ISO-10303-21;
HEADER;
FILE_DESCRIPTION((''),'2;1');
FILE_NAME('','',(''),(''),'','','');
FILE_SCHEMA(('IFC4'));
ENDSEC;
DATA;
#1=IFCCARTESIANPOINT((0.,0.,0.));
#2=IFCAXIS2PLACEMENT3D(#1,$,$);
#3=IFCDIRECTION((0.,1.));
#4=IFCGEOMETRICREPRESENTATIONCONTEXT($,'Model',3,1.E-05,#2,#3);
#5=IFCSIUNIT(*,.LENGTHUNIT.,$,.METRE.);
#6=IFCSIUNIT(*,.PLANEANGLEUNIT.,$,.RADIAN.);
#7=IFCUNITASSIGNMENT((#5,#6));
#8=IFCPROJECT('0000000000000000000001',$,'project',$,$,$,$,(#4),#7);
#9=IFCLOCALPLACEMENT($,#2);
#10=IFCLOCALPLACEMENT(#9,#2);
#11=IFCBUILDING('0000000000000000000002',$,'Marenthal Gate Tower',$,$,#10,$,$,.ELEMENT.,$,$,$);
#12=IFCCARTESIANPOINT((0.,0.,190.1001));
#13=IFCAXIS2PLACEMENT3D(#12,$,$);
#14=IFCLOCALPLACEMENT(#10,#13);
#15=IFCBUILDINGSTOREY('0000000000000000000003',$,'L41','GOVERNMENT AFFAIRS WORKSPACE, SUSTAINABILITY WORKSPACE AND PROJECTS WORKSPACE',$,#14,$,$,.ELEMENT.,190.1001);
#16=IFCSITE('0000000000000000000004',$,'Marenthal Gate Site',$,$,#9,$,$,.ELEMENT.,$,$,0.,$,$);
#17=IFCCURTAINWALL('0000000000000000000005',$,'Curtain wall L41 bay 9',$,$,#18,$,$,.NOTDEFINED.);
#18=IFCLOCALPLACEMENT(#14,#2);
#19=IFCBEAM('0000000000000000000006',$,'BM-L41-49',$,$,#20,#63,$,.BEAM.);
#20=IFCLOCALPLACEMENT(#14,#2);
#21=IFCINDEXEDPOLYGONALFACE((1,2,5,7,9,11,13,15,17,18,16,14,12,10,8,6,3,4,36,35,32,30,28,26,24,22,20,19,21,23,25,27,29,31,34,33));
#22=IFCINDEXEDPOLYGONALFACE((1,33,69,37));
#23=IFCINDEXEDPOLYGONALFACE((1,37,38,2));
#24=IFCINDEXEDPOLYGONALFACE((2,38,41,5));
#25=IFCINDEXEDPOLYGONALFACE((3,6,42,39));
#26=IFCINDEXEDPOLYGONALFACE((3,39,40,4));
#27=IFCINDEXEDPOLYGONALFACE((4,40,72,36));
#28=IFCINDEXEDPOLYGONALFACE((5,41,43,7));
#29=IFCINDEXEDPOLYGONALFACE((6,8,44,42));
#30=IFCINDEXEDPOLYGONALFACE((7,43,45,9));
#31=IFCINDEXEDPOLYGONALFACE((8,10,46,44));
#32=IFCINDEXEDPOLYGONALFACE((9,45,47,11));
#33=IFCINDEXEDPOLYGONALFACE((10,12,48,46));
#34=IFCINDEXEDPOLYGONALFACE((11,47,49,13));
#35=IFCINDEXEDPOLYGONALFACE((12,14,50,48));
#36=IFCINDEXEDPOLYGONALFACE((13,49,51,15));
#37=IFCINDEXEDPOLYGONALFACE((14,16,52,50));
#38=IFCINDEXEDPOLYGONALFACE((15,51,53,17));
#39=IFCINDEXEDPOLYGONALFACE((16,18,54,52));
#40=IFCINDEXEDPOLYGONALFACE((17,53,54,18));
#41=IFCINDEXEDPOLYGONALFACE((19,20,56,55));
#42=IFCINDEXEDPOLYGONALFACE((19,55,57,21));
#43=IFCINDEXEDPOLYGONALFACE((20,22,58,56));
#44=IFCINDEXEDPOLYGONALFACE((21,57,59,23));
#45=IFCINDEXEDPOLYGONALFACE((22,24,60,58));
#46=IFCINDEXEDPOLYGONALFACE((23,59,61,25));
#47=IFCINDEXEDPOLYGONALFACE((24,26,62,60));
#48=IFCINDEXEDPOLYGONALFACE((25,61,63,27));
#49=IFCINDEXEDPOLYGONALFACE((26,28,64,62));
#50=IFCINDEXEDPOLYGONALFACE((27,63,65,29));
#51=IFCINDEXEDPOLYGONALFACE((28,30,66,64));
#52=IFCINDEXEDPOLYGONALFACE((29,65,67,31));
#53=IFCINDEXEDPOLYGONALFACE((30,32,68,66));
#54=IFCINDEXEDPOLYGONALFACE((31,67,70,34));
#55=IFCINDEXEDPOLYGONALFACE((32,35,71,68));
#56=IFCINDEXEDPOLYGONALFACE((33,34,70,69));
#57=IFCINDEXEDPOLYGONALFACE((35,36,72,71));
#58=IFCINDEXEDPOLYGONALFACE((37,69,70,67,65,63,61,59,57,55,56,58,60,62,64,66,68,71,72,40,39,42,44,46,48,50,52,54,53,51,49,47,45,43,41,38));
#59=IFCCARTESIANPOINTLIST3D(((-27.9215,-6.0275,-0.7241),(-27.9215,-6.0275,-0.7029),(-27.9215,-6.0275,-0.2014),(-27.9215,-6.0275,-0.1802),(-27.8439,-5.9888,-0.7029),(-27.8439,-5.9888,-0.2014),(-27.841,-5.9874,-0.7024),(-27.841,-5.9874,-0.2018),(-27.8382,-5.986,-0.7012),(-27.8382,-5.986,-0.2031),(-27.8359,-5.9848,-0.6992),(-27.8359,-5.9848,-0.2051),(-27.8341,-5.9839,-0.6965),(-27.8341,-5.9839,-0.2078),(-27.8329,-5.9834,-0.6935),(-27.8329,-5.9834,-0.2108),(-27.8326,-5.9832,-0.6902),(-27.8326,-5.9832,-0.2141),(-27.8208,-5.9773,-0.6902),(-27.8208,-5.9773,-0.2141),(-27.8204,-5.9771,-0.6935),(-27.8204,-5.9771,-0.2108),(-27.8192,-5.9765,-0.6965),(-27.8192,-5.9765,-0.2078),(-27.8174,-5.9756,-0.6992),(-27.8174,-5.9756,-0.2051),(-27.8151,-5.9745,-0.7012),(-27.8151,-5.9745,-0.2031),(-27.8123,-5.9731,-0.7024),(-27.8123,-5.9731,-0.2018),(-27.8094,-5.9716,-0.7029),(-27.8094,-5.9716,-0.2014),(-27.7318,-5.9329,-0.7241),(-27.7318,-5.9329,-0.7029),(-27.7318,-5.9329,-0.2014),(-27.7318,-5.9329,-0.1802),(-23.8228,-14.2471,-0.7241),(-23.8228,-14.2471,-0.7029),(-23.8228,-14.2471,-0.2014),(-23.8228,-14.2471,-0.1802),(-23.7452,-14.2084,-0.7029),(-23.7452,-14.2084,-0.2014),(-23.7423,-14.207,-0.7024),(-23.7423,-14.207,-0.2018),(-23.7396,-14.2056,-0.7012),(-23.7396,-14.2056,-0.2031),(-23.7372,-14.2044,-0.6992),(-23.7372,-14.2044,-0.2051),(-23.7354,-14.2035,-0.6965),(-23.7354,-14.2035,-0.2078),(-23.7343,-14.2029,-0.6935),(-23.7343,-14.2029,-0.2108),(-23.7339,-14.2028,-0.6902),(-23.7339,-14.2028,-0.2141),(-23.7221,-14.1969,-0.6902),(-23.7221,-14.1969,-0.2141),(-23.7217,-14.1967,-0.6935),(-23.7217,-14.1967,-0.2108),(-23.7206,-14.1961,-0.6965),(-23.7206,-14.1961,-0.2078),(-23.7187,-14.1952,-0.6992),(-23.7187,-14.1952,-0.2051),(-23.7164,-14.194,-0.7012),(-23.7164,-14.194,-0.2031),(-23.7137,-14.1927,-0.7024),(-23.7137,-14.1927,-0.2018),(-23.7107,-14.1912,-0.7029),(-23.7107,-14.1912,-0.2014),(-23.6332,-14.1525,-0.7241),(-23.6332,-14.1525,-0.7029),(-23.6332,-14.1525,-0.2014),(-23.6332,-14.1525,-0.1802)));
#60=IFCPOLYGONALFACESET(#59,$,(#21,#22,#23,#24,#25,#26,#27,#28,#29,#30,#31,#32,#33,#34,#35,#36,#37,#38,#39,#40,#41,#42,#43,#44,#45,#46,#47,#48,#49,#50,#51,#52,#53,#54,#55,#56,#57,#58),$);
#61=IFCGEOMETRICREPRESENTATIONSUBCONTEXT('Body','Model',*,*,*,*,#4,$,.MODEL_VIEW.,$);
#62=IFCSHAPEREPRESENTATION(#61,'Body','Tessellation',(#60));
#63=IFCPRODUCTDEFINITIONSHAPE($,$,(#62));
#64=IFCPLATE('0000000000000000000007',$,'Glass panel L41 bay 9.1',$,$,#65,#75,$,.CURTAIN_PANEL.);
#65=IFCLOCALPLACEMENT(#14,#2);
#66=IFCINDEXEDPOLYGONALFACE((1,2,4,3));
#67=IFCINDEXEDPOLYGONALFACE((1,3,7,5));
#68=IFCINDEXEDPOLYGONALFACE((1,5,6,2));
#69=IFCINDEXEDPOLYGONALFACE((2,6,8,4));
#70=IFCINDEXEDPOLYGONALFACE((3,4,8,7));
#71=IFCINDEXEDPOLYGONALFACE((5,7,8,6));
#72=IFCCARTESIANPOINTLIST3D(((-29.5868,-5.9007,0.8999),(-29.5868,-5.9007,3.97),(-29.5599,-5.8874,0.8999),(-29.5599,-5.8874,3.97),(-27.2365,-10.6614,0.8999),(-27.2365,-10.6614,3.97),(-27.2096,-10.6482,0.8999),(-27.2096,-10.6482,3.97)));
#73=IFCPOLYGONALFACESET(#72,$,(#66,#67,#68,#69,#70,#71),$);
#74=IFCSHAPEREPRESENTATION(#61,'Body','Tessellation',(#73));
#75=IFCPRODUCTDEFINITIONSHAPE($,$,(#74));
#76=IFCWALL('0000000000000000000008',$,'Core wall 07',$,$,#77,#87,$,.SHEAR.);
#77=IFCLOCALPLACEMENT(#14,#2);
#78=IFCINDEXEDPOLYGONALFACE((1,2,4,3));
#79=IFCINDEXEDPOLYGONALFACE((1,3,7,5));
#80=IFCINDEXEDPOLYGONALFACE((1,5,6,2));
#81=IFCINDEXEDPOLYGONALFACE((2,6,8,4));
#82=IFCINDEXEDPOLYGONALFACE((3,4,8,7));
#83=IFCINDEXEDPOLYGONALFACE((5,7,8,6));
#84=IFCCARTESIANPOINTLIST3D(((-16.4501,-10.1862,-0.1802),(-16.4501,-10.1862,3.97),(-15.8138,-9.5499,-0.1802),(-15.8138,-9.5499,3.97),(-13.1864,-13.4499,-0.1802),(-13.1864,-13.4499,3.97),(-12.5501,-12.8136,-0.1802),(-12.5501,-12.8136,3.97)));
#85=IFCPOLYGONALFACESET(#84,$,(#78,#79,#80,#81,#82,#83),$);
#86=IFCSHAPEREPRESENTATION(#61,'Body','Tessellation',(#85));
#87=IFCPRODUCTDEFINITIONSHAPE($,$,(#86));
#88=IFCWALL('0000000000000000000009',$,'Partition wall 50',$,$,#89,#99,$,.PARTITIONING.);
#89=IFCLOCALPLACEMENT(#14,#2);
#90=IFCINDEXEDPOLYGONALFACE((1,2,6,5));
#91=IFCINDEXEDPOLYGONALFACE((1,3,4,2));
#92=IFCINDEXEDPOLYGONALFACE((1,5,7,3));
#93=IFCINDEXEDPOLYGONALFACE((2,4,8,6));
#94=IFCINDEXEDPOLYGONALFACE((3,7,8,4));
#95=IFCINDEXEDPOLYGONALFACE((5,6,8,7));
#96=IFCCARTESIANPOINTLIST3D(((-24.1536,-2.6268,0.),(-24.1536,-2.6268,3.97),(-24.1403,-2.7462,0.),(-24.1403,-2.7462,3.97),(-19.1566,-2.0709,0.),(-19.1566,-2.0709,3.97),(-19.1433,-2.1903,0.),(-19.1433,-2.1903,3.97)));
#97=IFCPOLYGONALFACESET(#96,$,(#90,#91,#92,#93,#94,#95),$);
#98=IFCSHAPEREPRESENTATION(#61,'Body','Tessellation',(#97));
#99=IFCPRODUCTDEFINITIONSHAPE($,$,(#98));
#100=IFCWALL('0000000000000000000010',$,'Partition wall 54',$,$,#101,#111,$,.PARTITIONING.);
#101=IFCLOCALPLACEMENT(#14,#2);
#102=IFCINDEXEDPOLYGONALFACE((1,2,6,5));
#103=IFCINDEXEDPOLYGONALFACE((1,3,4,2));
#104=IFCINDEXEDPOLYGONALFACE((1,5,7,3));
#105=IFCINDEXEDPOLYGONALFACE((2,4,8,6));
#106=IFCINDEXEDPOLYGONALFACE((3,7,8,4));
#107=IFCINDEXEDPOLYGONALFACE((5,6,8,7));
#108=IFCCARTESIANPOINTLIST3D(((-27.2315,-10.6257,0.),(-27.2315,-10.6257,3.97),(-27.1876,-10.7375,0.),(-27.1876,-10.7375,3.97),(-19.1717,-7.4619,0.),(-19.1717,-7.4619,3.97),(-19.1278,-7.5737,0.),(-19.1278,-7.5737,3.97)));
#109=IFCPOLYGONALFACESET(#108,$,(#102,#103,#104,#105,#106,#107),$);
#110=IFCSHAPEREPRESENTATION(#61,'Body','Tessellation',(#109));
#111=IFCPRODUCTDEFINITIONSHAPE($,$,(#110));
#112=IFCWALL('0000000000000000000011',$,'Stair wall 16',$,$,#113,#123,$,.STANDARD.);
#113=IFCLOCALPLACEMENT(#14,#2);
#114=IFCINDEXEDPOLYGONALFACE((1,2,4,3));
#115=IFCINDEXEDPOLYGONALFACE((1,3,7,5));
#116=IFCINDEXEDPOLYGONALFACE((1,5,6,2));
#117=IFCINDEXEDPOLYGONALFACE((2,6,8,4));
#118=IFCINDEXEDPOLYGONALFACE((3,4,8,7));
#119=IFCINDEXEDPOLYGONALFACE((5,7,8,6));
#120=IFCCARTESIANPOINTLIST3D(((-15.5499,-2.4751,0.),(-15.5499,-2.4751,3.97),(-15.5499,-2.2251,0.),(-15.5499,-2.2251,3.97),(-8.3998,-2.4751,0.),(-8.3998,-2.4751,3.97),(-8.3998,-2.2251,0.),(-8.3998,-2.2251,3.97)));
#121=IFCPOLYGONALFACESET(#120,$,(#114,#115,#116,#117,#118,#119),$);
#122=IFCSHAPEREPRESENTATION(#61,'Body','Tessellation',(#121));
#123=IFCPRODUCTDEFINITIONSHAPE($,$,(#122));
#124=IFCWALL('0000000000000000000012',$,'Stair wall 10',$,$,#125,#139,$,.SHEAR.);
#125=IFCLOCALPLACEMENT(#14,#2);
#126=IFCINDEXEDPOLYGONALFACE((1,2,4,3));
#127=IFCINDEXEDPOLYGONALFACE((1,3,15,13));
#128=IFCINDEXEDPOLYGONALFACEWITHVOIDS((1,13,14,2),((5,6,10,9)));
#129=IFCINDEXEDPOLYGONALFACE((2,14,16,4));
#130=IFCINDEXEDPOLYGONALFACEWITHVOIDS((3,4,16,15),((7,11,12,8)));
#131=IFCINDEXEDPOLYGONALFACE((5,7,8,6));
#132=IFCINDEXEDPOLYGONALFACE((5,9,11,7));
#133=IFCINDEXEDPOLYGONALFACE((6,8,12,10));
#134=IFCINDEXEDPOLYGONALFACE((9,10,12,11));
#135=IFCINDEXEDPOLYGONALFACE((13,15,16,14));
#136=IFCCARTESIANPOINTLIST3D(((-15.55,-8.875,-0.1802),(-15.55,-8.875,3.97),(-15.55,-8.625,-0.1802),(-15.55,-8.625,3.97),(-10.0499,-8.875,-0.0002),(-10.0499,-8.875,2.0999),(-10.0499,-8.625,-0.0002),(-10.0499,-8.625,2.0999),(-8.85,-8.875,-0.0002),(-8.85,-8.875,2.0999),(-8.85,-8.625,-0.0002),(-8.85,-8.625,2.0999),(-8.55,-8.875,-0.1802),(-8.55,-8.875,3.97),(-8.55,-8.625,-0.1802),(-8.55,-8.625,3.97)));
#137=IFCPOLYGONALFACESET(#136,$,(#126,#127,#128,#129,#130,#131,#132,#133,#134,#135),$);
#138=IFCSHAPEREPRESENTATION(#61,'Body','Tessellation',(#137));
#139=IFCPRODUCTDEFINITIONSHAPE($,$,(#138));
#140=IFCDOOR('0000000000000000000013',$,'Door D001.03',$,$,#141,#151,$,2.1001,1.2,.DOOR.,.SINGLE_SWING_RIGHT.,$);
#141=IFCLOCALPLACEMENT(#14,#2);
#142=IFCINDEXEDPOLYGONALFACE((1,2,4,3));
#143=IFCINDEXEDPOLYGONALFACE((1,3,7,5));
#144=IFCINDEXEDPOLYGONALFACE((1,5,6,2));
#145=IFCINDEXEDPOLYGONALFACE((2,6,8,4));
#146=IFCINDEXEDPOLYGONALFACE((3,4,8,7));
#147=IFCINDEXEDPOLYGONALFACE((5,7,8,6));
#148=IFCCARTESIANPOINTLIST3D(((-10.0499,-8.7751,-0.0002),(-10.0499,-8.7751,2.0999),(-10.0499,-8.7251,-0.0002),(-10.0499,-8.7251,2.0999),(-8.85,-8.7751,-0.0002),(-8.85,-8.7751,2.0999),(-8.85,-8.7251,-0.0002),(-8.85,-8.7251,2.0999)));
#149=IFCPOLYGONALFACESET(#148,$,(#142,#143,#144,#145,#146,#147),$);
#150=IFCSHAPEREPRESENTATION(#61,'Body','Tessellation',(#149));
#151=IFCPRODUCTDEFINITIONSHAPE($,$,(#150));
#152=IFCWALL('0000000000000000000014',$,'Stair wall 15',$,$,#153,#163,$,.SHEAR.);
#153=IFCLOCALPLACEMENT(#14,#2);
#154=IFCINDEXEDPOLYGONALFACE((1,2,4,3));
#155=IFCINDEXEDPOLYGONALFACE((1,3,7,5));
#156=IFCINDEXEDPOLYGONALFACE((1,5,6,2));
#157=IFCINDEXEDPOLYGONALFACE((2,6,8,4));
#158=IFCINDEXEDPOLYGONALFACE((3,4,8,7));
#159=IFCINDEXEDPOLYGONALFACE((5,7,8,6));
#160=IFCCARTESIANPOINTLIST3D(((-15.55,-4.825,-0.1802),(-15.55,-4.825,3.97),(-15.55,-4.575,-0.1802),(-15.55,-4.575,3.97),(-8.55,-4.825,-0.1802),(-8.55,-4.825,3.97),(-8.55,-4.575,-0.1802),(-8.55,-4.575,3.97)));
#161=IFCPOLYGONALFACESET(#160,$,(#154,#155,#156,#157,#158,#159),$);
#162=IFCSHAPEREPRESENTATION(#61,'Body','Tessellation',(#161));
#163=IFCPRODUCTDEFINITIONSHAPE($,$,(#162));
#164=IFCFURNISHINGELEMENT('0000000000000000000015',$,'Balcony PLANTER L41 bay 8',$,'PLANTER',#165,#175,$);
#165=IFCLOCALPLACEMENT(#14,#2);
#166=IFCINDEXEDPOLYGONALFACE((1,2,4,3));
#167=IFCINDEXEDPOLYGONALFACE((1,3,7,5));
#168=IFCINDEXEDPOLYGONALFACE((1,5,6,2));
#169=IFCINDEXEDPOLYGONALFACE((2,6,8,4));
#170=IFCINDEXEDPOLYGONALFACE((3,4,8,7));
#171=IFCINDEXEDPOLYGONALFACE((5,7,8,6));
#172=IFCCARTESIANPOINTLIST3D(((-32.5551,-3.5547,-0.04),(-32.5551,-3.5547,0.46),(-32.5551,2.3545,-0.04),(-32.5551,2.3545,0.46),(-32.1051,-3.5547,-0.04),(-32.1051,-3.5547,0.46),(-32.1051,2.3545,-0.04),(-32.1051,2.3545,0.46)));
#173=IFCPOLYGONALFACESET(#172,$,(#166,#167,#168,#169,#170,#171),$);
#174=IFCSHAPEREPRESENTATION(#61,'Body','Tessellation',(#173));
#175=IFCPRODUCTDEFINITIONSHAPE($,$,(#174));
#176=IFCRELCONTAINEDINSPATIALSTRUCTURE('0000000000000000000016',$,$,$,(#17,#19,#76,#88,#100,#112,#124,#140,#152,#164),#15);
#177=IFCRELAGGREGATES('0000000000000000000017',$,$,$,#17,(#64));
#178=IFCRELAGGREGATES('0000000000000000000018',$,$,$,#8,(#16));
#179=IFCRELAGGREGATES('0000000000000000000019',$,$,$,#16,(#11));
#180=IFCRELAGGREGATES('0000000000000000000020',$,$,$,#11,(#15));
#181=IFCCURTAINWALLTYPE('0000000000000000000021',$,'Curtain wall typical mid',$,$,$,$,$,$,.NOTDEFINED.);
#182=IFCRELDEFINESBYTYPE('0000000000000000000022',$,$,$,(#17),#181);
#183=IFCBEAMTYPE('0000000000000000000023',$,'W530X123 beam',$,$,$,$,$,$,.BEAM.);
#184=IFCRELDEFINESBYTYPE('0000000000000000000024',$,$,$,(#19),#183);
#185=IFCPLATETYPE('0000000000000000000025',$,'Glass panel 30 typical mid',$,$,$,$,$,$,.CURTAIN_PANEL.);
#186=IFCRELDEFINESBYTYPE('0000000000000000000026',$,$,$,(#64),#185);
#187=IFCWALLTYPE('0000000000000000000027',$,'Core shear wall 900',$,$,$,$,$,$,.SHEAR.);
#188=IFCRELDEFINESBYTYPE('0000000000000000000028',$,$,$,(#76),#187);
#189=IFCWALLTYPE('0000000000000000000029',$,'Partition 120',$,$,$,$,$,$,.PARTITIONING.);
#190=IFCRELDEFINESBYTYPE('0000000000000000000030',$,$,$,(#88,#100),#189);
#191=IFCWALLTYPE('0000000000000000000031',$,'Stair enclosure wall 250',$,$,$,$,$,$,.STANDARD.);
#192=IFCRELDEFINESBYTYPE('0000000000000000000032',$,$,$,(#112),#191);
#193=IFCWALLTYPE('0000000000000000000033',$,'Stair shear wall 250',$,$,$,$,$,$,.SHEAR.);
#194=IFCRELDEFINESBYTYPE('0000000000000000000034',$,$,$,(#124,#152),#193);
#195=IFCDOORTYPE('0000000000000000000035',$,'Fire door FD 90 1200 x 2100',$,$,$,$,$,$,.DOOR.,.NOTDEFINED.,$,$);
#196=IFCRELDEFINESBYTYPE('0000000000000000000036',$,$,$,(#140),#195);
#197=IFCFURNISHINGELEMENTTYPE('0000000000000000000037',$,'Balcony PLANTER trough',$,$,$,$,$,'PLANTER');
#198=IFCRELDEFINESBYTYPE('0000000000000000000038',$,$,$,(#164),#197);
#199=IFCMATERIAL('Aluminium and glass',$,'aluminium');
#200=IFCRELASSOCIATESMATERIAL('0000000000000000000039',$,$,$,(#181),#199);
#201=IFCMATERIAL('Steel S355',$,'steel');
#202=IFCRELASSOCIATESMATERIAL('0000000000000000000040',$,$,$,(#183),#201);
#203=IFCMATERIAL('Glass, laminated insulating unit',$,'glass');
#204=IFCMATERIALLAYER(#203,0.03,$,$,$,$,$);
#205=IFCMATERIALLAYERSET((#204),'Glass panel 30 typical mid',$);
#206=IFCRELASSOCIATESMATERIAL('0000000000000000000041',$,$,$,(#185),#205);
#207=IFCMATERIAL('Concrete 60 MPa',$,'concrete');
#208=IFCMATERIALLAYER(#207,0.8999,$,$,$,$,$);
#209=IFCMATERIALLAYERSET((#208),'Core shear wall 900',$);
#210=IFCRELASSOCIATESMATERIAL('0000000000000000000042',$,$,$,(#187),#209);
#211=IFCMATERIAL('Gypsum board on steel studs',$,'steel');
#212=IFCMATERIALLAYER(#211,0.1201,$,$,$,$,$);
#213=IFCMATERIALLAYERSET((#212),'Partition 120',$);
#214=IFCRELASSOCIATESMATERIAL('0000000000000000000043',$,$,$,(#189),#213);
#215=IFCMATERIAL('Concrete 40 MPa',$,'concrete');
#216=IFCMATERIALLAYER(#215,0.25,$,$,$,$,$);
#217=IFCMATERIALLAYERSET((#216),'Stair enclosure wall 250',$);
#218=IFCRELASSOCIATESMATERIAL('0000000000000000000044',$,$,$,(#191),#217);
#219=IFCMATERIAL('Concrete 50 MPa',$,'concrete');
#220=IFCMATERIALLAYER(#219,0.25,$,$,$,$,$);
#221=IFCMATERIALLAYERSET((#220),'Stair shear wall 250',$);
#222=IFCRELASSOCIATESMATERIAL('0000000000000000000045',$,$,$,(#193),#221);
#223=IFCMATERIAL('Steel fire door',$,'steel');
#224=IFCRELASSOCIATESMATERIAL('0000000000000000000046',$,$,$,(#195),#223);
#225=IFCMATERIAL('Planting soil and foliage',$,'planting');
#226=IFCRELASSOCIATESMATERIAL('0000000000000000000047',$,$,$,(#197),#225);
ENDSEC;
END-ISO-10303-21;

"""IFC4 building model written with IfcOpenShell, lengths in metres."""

from ifc_helpers import new_model, si_unit, direction, frame, frame_2d, origin, origin_2d, place, context, subcontext, project, spatial, rectangle, i_section, extrude, material, layer, layer_set, material_profile, profile_set, type_object, element, fill, aggregate, save


model = new_model("IFC4")

# Units and contexts
model_context = context("Model", 3, precision=1e-05, world=origin(), true_north=direction((0.0, 1.0)))
body_context = subcontext(model_context, "Body", "Model", "MODEL_VIEW")
ifc_project = project(units=[si_unit("LENGTHUNIT", "METRE"), si_unit("PLANEANGLEUNIT", "RADIAN")], contexts=[model_context])

# Site, building, storey
site_placement = place(None, origin())
site = spatial("IfcSite", under=ifc_project, at=site_placement, Name="Marenthal Gate Site", CompositionType="ELEMENT", RefElevation=0.0)
building_placement = place(site_placement, origin())
building = spatial("IfcBuilding", under=site, at=building_placement, Name="Marenthal Gate Tower", CompositionType="ELEMENT")
storey_placement = place(building_placement, frame((0.0, 0.0, 190.1001)))
storey = spatial("IfcBuildingStorey", under=building, at=storey_placement, Name="L41", Description="GOVERNMENT AFFAIRS WORKSPACE, SUSTAINABILITY WORKSPACE AND PROJECTS WORKSPACE", CompositionType="ELEMENT", Elevation=190.1001)

# Curtain wall
ifc_material_1 = material(Name="Aluminium and glass", Category="aluminium")
curtain_wall_type = type_object("IfcCurtainWallType", Name="Curtain wall typical mid", PredefinedType="NOTDEFINED", material=ifc_material_1)
curtain_wall_placement = place(storey_placement, origin())
curtain_wall = element("IfcCurtainWall", 1, at=curtain_wall_placement, inside=storey, type_object=curtain_wall_type, Name="Curtain wall L41 bay 9", PredefinedType="NOTDEFINED")

# Beam
ifc_material_2 = material(Name="Steel S355", Category="steel")
ifc_material_profile_1 = material_profile(ifc_material_2, i_section(OverallWidth=0.2119, OverallDepth=0.5439, WebThickness=0.0132, FlangeThickness=0.0212, FilletRadius=0.0127, at=origin_2d()), Name="W530X123")
ifc_profile_set_1 = profile_set([ifc_material_profile_1], Name="Steel S355")
beam_type_1 = type_object("IfcBeamType", Name="W530X123 beam", PredefinedType="BEAM", material=ifc_profile_set_1)
beam_1_placement = place(storey_placement, frame((-27.8267, -5.9802, -0.4521), z_axis=(0.446246, -0.89491, 0.0), x_axis=(0.89491, 0.446246, 0.0)))
element("IfcBeam", 2, at=beam_1_placement, inside=storey, type_object=beam_type_1, Name="BM-L41-49", PredefinedType="BEAM", context=body_context, shape_type="SweptSolid", body=[
    extrude(i_section(OverallWidth=0.2119, OverallDepth=0.5439, WebThickness=0.0132, FlangeThickness=0.0212, FilletRadius=0.0127, at=origin_2d()), origin(), (0.0, 0.0, 1.0), 9.1848),
])

# Plate
ifc_material_3 = material(Name="Glass, laminated insulating unit", Category="glass")
ifc_layer_1 = layer(ifc_material_3, 0.03)
ifc_layer_set_1 = layer_set([ifc_layer_1], Name="Glass panel 30 typical mid")
plate_type = type_object("IfcPlateType", Name="Glass panel 30 typical mid", PredefinedType="CURTAIN_PANEL", material=ifc_layer_set_1)
plate_placement = place(storey_placement, frame((-28.3982, -8.2744, 0.8999), z_axis=(0.0, 0.0, 1.0), x_axis=(0.442678, -0.896681, 0.0)))
plate = element("IfcPlate", 3, at=plate_placement, type_object=plate_type, Name="Glass panel L41 bay 9.1", PredefinedType="CURTAIN_PANEL", context=body_context, shape_type="SweptSolid", body=[
    extrude(rectangle(XDim=5.3093, YDim=0.03, at=origin_2d()), origin(), (0.0, 0.0, 1.0), 3.0701),
])
aggregate(curtain_wall, [plate])

# Walls
ifc_material_4 = material(Name="Concrete 60 MPa", Category="concrete")
ifc_layer_2 = layer(ifc_material_4, 0.8999)
ifc_layer_set_2 = layer_set([ifc_layer_2], Name="Core shear wall 900")
wall_type_1 = type_object("IfcWallType", Name="Core shear wall 900", PredefinedType="SHEAR", material=ifc_layer_set_2)
wall_1_placement = place(storey_placement, frame((-16.1318, -9.8682, -0.1802), z_axis=(0.0, 0.0, 1.0), x_axis=(0.707107, -0.707107, 0.0)))
element("IfcWall", 4, at=wall_1_placement, inside=storey, type_object=wall_type_1, Name="Core wall 07", PredefinedType="SHEAR", context=body_context, shape_type="SweptSolid", body=[
    extrude(rectangle(XDim=4.6155, YDim=0.8999, at=frame_2d((2.3076, 0.0))), origin(), (0.0, 0.0, 1.0), 4.1501),
])
ifc_material_5 = material(Name="Gypsum board on steel studs", Category="steel")
ifc_layer_3 = layer(ifc_material_5, 0.1201)
ifc_layer_set_3 = layer_set([ifc_layer_3], Name="Partition 120")
wall_type_2 = type_object("IfcWallType", Name="Partition 120", PredefinedType="PARTITIONING", material=ifc_layer_set_3)
wall_2_placement = place(storey_placement, frame((-24.147, -2.6865, 0.0), z_axis=(0.0, 0.0, 1.0), x_axis=(0.993869, 0.110565, 0.0)))
element("IfcWall", 5, at=wall_2_placement, inside=storey, type_object=wall_type_2, Name="Partition wall 50", PredefinedType="PARTITIONING", context=body_context, shape_type="SweptSolid", body=[
    extrude(rectangle(XDim=5.0278, YDim=0.1201, at=frame_2d((2.5139, 0.0))), origin(), (0.0, 0.0, 1.0), 3.97),
])
wall_3_placement = place(storey_placement, frame((-19.1499, -7.5178, 0.0), z_axis=(0.0, 0.0, 1.0), x_axis=(-0.930851, -0.365398, 0.0)))
element("IfcWall", 6, at=wall_3_placement, inside=storey, type_object=wall_type_2, Name="Partition wall 54", PredefinedType="PARTITIONING", context=body_context, shape_type="SweptSolid", body=[
    extrude(rectangle(XDim=8.6584, YDim=0.1201, at=frame_2d((4.3291, 0.0))), origin(), (0.0, 0.0, 1.0), 3.97),
])
ifc_material_6 = material(Name="Concrete 40 MPa", Category="concrete")
ifc_layer_4 = layer(ifc_material_6, 0.25)
ifc_layer_set_4 = layer_set([ifc_layer_4], Name="Stair enclosure wall 250")
wall_type_3 = type_object("IfcWallType", Name="Stair enclosure wall 250", PredefinedType="STANDARD", material=ifc_layer_set_4)
wall_4_placement = place(storey_placement, frame((-15.55, -2.3501, 0.0), z_axis=(0.0, 0.0, 1.0), x_axis=(1.0, 0.0, 0.0)))
element("IfcWall", 7, at=wall_4_placement, inside=storey, type_object=wall_type_3, Name="Stair wall 16", PredefinedType="STANDARD", context=body_context, shape_type="SweptSolid", body=[
    extrude(rectangle(XDim=7.1501, YDim=0.25, at=frame_2d((3.5752, 0.0))), origin(), (0.0, 0.0, 1.0), 3.97),
])

# Wall, opening, door
ifc_material_7 = material(Name="Concrete 50 MPa", Category="concrete")
ifc_layer_5 = layer(ifc_material_7, 0.25)
ifc_layer_set_5 = layer_set([ifc_layer_5], Name="Stair shear wall 250")
wall_type_4 = type_object("IfcWallType", Name="Stair shear wall 250", PredefinedType="SHEAR", material=ifc_layer_set_5)
wall_5_placement = place(storey_placement, frame((-15.55, -8.75, -0.1802), z_axis=(0.0, 0.0, 1.0), x_axis=(1.0, 0.0, 0.0)))
wall_5 = element("IfcWall", 8, at=wall_5_placement, inside=storey, type_object=wall_type_4, Name="Stair wall 10", PredefinedType="SHEAR", context=body_context, shape_type="SweptSolid", body=[
    extrude(rectangle(XDim=7.0, YDim=0.25, at=frame_2d((3.5, 0.0))), origin(), (0.0, 0.0, 1.0), 4.1501),
])
opening_placement = place(wall_5_placement, frame((5.5, 0.0, 0.1799)))
opening = element("IfcOpeningElement", 9, at=opening_placement, cuts=wall_5, PredefinedType="OPENING", context=body_context, shape_type="SweptSolid", body=[
    extrude(rectangle(XDim=1.2, YDim=2.1001, at=frame_2d((0.6001, 1.05))), frame((0.0, 0.135, 0.0), z_axis=(0.0, -1.0, 0.0), x_axis=(1.0, 0.0, 0.0)), (0.0, 0.0, 1.0), 0.27),
])
ifc_material_8 = material(Name="Steel fire door", Category="steel")
door_type = type_object("IfcDoorType", Name="Fire door FD 90 1200 x 2100", OperationType="NOTDEFINED", PredefinedType="DOOR", material=ifc_material_8)
door_placement = place(opening_placement, origin())
door = element("IfcDoor", 10, at=door_placement, inside=storey, type_object=door_type, Name="Door D001.03", OperationType="SINGLE_SWING_RIGHT", OverallHeight=2.1001, OverallWidth=1.2, PredefinedType="DOOR", context=body_context, shape_type="SweptSolid", body=[
    extrude(rectangle(XDim=1.2, YDim=2.1001, at=frame_2d((0.6001, 1.05))), frame((0.0, 0.0249, 0.0), z_axis=(0.0, -1.0, 0.0), x_axis=(1.0, 0.0, 0.0)), (0.0, 0.0, 1.0), 0.05),
])
fill(opening, door)

# Wall
wall_6_placement = place(storey_placement, frame((-15.55, -4.7, -0.1802), z_axis=(0.0, 0.0, 1.0), x_axis=(1.0, 0.0, 0.0)))
element("IfcWall", 11, at=wall_6_placement, inside=storey, type_object=wall_type_4, Name="Stair wall 15", PredefinedType="SHEAR", context=body_context, shape_type="SweptSolid", body=[
    extrude(rectangle(XDim=7.0, YDim=0.25, at=frame_2d((3.5, 0.0))), origin(), (0.0, 0.0, 1.0), 4.1501),
])

# Furnishing element
ifc_material_9 = material(Name="Planting soil and foliage", Category="planting")
furnishing_element_type = type_object("IfcFurnishingElementType", Name="Balcony PLANTER trough", ElementType="PLANTER", material=ifc_material_9)
furnishing_placement = place(storey_placement, frame((-32.3301, -0.6001, -0.04), z_axis=(0.0, 0.0, 1.0), x_axis=(0.0, -1.0, 0.0)))
element("IfcFurnishingElement", 12, at=furnishing_placement, inside=storey, type_object=furnishing_element_type, Name="Balcony PLANTER L41 bay 8", ObjectType="PLANTER", context=body_context, shape_type="SweptSolid", body=[
    extrude(rectangle(XDim=5.9092, YDim=0.45, at=origin_2d()), origin(), (0.0, 0.0, 1.0), 0.5),
])

save(model, "model.ifc")
